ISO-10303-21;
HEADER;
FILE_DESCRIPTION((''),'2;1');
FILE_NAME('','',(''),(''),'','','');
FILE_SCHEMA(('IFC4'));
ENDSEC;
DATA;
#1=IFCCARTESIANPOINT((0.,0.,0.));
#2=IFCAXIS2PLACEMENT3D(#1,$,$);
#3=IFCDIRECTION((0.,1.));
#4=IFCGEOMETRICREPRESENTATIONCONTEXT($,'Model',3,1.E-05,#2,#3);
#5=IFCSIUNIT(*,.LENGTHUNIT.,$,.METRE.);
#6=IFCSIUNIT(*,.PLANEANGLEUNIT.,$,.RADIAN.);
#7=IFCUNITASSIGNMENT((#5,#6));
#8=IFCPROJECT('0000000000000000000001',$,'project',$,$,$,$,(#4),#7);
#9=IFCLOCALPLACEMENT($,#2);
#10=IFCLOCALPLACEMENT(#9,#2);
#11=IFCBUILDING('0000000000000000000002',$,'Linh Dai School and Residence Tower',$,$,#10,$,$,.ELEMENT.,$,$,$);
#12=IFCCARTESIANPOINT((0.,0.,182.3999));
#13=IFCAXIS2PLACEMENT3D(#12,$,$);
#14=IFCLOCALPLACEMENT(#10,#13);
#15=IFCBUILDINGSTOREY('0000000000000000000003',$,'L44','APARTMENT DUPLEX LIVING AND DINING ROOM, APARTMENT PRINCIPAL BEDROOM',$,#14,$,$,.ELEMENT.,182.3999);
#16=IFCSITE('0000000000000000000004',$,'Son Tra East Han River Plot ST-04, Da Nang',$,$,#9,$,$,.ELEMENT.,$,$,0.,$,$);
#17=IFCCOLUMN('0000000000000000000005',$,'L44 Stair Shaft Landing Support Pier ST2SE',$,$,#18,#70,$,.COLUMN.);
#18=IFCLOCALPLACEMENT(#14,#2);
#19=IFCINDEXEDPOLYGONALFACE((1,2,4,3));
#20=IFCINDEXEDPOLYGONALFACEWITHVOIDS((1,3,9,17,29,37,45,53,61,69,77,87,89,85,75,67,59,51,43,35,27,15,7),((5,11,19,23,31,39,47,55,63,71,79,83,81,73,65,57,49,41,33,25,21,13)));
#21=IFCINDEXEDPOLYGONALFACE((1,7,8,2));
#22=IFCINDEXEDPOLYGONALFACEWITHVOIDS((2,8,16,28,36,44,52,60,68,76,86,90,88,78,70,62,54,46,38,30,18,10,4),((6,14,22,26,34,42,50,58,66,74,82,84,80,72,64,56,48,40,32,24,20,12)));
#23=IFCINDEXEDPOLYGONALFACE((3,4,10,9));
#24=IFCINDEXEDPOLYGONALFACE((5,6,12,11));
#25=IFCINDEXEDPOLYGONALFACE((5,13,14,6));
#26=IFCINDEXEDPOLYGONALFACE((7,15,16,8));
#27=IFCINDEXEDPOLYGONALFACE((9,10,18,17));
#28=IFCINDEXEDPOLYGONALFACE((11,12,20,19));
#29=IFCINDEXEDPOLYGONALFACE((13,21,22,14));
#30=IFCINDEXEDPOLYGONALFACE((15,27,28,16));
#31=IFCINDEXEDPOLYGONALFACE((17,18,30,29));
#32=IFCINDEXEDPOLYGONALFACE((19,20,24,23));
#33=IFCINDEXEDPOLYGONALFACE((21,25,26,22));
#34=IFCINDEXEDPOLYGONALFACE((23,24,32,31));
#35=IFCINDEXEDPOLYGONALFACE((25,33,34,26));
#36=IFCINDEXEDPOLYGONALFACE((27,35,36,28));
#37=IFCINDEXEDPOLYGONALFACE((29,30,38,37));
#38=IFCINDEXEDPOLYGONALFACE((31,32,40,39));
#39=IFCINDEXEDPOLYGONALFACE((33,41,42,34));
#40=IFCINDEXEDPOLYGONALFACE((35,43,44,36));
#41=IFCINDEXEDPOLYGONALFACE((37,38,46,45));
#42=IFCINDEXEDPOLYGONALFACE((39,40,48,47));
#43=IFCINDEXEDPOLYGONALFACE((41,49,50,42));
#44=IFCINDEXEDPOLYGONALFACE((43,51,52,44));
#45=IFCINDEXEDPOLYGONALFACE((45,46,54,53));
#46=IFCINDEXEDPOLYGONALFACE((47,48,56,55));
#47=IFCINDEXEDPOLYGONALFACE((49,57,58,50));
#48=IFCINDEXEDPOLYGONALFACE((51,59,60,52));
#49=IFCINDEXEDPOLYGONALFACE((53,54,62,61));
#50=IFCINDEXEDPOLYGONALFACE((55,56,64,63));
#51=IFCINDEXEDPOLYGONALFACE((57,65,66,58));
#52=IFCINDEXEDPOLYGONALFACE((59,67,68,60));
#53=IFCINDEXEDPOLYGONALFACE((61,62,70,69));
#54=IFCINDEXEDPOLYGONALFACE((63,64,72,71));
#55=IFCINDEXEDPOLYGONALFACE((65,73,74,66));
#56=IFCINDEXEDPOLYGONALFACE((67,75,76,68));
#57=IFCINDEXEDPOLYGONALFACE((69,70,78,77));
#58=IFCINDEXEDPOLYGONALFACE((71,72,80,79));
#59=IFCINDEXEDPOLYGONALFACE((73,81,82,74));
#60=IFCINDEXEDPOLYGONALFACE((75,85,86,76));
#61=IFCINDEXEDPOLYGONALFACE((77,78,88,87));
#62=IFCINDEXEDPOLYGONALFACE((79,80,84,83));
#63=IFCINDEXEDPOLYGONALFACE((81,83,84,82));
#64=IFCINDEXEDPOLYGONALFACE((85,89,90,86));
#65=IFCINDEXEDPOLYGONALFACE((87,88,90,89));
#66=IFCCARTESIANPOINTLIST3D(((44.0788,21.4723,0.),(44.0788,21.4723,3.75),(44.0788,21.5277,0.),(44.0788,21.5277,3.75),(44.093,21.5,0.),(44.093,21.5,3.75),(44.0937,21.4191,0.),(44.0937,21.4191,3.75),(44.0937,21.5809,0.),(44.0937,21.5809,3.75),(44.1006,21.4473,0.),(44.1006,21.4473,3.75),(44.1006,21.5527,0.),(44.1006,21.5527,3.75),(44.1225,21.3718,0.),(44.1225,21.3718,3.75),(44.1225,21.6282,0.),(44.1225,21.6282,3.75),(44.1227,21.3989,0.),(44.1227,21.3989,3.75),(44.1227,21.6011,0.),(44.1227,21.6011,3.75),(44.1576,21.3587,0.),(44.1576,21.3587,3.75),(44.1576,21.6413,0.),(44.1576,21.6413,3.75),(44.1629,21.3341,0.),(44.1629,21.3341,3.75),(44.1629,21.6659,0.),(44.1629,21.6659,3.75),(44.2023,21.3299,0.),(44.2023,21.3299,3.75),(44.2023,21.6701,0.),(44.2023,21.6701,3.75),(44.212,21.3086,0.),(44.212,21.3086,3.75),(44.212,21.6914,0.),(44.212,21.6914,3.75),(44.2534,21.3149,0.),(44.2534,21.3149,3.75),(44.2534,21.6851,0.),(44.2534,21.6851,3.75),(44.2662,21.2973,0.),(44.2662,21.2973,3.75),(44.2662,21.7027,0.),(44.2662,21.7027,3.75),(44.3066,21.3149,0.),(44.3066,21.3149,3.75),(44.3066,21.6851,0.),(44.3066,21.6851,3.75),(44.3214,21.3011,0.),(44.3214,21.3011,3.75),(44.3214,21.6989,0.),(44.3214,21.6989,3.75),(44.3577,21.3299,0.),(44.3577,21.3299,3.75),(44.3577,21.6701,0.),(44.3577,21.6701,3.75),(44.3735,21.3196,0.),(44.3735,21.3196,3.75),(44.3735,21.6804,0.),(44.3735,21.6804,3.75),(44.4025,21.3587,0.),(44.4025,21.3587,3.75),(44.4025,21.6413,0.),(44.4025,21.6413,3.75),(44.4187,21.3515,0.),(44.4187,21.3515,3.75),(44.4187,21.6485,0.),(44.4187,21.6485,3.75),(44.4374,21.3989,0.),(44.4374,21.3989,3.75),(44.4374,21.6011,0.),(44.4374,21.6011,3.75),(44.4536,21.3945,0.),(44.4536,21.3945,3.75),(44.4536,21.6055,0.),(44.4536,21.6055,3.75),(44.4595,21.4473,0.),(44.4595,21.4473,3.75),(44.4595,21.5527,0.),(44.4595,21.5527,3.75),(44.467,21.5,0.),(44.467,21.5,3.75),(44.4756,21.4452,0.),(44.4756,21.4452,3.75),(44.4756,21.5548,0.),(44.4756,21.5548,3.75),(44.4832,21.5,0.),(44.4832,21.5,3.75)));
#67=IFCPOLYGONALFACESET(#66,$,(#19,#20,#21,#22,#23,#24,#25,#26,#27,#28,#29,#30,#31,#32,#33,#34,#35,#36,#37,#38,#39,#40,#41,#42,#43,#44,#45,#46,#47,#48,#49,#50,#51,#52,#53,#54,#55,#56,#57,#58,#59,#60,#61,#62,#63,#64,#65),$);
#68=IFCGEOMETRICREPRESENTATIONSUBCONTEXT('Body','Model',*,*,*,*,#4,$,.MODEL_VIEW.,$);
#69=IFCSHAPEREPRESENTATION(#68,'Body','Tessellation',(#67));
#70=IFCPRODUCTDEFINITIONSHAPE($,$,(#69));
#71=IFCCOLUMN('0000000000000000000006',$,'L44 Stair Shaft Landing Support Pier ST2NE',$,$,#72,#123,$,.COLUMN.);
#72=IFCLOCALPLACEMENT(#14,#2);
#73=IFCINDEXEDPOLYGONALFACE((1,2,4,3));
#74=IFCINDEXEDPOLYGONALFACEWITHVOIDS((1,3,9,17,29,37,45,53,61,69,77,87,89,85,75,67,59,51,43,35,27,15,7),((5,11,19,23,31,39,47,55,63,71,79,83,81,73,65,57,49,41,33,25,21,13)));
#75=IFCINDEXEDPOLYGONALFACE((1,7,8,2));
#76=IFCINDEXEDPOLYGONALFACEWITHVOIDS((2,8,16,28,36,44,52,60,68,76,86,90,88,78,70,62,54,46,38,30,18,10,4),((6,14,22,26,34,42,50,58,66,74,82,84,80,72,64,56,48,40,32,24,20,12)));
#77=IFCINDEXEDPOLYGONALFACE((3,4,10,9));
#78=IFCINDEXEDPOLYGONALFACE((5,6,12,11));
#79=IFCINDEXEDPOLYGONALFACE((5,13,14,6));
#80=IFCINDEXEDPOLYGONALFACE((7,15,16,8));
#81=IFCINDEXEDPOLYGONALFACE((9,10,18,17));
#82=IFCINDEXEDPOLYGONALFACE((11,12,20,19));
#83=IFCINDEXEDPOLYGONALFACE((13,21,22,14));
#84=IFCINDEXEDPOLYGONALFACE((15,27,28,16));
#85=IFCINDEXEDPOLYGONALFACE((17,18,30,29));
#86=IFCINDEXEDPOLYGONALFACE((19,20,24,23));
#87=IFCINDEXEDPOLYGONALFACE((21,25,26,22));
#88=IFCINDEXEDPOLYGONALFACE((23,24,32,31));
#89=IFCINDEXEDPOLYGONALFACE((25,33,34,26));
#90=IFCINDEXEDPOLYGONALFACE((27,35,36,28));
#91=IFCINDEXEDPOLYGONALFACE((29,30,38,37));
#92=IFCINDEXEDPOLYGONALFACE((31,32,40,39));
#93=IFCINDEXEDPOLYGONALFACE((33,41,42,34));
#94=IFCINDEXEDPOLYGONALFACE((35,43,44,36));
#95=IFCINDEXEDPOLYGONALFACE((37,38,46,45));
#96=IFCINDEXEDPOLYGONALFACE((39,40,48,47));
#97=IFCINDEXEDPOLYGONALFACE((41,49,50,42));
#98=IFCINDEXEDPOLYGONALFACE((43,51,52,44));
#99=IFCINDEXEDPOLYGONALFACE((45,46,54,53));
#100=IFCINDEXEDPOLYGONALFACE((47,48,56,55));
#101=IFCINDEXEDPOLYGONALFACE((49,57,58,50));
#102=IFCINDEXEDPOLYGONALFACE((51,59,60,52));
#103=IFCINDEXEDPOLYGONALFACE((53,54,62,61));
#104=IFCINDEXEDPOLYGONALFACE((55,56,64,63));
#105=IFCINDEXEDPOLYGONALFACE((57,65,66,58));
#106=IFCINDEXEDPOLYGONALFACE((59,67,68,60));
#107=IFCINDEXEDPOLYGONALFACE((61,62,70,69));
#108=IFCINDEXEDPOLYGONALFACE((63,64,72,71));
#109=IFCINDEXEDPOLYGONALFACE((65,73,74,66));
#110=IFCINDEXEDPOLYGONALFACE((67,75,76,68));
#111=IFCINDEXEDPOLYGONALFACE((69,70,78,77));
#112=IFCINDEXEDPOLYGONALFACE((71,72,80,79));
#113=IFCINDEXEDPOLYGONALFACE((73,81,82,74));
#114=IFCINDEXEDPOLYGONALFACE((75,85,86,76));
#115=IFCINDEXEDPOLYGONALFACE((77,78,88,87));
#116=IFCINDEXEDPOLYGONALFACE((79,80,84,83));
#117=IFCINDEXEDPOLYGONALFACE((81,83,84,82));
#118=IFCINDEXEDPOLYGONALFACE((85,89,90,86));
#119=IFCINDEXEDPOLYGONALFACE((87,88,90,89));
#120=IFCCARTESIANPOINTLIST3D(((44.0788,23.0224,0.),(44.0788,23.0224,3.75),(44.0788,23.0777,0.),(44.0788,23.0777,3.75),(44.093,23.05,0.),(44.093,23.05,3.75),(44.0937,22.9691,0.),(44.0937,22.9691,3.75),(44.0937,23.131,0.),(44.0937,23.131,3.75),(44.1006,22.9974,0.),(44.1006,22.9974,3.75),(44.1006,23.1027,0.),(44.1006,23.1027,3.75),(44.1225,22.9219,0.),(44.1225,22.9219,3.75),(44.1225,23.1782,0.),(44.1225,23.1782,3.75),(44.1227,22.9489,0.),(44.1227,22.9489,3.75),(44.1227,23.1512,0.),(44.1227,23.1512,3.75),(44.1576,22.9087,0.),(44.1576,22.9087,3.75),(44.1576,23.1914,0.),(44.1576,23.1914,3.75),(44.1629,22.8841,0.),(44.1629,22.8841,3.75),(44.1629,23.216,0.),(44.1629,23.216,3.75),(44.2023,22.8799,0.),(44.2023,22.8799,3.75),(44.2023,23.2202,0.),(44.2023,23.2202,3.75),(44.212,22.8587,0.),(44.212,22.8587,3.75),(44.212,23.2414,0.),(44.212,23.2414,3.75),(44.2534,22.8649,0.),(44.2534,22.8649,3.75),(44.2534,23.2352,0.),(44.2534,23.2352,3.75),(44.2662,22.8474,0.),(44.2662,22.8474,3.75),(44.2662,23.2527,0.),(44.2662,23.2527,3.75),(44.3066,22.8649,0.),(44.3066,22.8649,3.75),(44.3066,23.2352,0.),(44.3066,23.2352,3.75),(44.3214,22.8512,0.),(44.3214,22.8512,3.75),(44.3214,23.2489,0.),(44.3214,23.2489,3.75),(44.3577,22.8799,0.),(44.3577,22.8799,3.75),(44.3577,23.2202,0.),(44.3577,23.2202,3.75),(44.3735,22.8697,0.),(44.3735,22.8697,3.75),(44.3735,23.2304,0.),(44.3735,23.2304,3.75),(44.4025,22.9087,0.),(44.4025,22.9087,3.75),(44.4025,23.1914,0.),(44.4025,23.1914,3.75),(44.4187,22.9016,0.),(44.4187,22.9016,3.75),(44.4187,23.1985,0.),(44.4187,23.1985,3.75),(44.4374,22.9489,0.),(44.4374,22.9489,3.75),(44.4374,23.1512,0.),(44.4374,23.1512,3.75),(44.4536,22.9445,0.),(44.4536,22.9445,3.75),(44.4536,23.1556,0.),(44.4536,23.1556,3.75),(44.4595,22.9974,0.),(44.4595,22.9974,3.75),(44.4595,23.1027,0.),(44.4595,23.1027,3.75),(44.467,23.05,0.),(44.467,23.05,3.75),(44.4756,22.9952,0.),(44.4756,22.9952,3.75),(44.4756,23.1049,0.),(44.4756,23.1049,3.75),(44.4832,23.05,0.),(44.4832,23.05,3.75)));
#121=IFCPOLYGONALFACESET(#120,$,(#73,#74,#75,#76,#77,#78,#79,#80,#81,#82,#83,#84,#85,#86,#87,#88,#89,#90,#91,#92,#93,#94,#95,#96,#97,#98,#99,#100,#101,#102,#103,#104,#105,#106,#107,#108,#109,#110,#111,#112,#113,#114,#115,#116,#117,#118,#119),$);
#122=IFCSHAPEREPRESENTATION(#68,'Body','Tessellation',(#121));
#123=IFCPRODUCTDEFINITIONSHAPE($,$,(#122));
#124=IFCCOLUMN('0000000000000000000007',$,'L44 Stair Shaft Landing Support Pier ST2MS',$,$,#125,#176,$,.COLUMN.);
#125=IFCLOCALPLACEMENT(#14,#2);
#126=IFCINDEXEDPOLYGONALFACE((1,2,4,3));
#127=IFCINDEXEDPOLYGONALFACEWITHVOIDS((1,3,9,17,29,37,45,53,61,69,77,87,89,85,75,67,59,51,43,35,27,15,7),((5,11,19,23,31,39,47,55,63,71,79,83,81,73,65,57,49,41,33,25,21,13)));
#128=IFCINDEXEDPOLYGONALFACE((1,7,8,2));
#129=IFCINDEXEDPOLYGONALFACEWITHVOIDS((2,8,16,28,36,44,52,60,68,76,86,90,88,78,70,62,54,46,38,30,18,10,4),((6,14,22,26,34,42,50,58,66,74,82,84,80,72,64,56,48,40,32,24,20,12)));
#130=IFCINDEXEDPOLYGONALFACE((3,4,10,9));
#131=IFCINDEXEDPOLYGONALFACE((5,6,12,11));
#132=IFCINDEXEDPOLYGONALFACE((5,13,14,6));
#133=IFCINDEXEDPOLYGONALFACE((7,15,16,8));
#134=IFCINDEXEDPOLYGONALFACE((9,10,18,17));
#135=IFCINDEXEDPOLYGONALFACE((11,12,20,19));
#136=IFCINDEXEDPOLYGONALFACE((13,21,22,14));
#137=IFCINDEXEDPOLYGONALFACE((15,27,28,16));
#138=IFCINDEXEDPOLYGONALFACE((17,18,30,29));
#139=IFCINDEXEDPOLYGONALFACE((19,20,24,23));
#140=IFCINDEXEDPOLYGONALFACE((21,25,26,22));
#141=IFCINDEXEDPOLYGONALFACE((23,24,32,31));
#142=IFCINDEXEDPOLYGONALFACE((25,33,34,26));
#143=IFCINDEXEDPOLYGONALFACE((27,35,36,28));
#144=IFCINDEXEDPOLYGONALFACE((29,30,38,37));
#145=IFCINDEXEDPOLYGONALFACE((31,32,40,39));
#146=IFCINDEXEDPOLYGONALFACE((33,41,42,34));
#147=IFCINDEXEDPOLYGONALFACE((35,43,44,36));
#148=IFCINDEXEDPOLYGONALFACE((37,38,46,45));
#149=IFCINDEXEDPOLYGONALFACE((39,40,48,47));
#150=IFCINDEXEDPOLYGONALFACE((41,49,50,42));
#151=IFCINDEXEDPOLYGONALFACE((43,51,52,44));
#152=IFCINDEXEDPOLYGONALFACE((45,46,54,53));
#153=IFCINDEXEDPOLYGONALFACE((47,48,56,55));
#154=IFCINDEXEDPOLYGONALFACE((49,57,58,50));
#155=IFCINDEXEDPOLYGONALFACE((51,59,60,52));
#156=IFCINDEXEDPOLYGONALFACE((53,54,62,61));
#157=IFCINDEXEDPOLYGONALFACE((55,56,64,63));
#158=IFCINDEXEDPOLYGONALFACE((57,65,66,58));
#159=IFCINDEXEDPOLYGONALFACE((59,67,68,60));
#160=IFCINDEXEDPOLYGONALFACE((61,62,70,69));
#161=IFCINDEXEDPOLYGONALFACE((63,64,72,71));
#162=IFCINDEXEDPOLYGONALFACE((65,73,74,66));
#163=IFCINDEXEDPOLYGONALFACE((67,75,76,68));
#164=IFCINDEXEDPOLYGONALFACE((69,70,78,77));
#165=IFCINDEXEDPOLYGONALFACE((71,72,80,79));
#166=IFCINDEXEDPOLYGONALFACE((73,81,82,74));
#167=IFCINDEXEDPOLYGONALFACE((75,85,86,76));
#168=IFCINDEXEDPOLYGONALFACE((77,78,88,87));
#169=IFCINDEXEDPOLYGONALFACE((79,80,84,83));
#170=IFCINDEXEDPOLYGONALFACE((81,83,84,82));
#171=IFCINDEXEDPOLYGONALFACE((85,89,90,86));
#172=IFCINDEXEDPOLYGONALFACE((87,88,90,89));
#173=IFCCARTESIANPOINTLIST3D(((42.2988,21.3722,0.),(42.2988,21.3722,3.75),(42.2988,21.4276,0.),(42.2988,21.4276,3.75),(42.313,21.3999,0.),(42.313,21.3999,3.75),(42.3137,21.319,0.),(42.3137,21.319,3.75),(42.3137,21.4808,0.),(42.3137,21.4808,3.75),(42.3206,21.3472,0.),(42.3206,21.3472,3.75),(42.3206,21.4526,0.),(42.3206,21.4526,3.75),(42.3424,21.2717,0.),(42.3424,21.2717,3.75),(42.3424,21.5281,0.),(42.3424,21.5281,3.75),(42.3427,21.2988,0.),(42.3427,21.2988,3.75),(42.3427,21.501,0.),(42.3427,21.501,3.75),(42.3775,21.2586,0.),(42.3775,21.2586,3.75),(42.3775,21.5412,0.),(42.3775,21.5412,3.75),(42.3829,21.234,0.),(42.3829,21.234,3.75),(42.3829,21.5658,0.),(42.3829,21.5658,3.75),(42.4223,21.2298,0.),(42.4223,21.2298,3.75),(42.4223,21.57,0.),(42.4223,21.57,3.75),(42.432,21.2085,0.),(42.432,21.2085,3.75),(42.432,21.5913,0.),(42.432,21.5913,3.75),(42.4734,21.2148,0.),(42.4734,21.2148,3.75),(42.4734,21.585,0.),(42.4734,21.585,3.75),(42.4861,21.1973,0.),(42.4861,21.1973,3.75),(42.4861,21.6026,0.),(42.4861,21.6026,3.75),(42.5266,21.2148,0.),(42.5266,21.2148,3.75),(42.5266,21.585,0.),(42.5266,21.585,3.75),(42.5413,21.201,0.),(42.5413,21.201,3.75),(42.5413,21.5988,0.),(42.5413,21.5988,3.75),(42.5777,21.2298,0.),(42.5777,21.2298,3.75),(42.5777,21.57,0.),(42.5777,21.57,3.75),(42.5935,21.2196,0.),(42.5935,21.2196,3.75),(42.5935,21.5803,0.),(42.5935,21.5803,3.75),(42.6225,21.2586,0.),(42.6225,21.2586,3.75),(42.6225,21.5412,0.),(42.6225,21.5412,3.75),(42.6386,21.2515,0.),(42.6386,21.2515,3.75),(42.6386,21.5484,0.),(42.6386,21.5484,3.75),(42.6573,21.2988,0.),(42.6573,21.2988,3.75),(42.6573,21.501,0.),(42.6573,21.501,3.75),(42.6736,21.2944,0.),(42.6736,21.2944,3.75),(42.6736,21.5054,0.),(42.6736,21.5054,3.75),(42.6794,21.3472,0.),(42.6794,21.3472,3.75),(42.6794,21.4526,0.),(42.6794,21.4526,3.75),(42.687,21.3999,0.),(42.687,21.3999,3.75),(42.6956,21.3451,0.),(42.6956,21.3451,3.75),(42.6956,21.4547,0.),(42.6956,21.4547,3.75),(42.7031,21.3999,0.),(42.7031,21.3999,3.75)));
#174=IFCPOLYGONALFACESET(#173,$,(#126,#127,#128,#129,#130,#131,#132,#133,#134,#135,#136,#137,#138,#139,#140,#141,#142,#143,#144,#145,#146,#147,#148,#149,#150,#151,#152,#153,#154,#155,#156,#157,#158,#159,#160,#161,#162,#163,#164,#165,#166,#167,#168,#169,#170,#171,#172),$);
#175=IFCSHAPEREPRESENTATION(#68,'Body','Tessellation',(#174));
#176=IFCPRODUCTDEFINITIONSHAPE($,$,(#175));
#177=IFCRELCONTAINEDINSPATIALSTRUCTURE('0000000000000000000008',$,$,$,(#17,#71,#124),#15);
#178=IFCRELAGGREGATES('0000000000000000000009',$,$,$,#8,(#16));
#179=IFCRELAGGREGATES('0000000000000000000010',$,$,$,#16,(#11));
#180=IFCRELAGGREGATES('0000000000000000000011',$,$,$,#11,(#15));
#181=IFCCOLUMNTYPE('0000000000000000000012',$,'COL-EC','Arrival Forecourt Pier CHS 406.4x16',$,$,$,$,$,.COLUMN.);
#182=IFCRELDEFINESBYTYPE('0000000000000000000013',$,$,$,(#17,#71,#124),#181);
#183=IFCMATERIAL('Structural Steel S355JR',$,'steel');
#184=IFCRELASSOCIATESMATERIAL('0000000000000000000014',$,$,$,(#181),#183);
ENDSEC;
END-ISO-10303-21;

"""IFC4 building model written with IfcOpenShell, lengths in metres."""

from ifc_helpers import new_model, si_unit, direction, frame, origin, origin_2d, place, context, subcontext, project, spatial, hollow_circle, extrude, material, material_profile, profile_set, type_object, element, save


model = new_model("IFC4")

# Units and contexts
model_context = context("Model", 3, precision=1e-05, world=origin(), true_north=direction((0.0, 1.0)))
body_context = subcontext(model_context, "Body", "Model", "MODEL_VIEW")
ifc_project = project(units=[si_unit("LENGTHUNIT", "METRE"), si_unit("PLANEANGLEUNIT", "RADIAN")], contexts=[model_context])

# Site, building, storey
site_placement = place(None, origin())
site = spatial("IfcSite", under=ifc_project, at=site_placement, Name="Son Tra East Han River Plot ST-04, Da Nang", CompositionType="ELEMENT", RefElevation=0.0)
building_placement = place(site_placement, origin())
building = spatial("IfcBuilding", under=site, at=building_placement, Name="Linh Dai School and Residence Tower", CompositionType="ELEMENT")
storey_placement = place(building_placement, frame((0.0, 0.0, 182.3999)))
storey = spatial("IfcBuildingStorey", under=building, at=storey_placement, Name="L44", Description="APARTMENT DUPLEX LIVING AND DINING ROOM, APARTMENT PRINCIPAL BEDROOM", CompositionType="ELEMENT", Elevation=182.3999)

# Columns
ifc_material_1 = material(Name="Structural Steel S355JR", Category="steel")
ifc_material_profile_1 = material_profile(ifc_material_1, hollow_circle(Radius=0.2031, WallThickness=0.0161, at=origin_2d()), Name="CHS 406.4x16")
ifc_profile_set_1 = profile_set([ifc_material_profile_1], Name="Structural Steel S355JR")
column_type_1 = type_object("IfcColumnType", Name="COL-EC", Description="Arrival Forecourt Pier CHS 406.4x16", PredefinedType="COLUMN", material=ifc_profile_set_1)
for number, where, z_axis, x_axis, name in (
    (1, (44.28, 21.5, 0.0), (0.0, 0.0, 1.0), (1.0, 0.0, 0.0), "L44 Stair Shaft Landing Support Pier ST2SE"),
    (2, (44.28, 23.05, 0.0), (0.0, 0.0, 1.0), (1.0, 0.0, 0.0), "L44 Stair Shaft Landing Support Pier ST2NE"),
    (3, (42.5, 21.3999, 0.0), (0.0, 0.0, 1.0), (1.0, 0.0, 0.0), "L44 Stair Shaft Landing Support Pier ST2MS"),
):
    element("IfcColumn", number, at=place(storey_placement, frame(where, z_axis=z_axis, x_axis=x_axis)), inside=storey, type_object=column_type_1, Name=name, PredefinedType="COLUMN", context=body_context, shape_type="SweptSolid", body=[
        extrude(hollow_circle(Radius=0.2031, WallThickness=0.0161, at=origin_2d()), origin(), (0.0, 0.0, 1.0), 3.75),
    ])

save(model, "model.ifc")
